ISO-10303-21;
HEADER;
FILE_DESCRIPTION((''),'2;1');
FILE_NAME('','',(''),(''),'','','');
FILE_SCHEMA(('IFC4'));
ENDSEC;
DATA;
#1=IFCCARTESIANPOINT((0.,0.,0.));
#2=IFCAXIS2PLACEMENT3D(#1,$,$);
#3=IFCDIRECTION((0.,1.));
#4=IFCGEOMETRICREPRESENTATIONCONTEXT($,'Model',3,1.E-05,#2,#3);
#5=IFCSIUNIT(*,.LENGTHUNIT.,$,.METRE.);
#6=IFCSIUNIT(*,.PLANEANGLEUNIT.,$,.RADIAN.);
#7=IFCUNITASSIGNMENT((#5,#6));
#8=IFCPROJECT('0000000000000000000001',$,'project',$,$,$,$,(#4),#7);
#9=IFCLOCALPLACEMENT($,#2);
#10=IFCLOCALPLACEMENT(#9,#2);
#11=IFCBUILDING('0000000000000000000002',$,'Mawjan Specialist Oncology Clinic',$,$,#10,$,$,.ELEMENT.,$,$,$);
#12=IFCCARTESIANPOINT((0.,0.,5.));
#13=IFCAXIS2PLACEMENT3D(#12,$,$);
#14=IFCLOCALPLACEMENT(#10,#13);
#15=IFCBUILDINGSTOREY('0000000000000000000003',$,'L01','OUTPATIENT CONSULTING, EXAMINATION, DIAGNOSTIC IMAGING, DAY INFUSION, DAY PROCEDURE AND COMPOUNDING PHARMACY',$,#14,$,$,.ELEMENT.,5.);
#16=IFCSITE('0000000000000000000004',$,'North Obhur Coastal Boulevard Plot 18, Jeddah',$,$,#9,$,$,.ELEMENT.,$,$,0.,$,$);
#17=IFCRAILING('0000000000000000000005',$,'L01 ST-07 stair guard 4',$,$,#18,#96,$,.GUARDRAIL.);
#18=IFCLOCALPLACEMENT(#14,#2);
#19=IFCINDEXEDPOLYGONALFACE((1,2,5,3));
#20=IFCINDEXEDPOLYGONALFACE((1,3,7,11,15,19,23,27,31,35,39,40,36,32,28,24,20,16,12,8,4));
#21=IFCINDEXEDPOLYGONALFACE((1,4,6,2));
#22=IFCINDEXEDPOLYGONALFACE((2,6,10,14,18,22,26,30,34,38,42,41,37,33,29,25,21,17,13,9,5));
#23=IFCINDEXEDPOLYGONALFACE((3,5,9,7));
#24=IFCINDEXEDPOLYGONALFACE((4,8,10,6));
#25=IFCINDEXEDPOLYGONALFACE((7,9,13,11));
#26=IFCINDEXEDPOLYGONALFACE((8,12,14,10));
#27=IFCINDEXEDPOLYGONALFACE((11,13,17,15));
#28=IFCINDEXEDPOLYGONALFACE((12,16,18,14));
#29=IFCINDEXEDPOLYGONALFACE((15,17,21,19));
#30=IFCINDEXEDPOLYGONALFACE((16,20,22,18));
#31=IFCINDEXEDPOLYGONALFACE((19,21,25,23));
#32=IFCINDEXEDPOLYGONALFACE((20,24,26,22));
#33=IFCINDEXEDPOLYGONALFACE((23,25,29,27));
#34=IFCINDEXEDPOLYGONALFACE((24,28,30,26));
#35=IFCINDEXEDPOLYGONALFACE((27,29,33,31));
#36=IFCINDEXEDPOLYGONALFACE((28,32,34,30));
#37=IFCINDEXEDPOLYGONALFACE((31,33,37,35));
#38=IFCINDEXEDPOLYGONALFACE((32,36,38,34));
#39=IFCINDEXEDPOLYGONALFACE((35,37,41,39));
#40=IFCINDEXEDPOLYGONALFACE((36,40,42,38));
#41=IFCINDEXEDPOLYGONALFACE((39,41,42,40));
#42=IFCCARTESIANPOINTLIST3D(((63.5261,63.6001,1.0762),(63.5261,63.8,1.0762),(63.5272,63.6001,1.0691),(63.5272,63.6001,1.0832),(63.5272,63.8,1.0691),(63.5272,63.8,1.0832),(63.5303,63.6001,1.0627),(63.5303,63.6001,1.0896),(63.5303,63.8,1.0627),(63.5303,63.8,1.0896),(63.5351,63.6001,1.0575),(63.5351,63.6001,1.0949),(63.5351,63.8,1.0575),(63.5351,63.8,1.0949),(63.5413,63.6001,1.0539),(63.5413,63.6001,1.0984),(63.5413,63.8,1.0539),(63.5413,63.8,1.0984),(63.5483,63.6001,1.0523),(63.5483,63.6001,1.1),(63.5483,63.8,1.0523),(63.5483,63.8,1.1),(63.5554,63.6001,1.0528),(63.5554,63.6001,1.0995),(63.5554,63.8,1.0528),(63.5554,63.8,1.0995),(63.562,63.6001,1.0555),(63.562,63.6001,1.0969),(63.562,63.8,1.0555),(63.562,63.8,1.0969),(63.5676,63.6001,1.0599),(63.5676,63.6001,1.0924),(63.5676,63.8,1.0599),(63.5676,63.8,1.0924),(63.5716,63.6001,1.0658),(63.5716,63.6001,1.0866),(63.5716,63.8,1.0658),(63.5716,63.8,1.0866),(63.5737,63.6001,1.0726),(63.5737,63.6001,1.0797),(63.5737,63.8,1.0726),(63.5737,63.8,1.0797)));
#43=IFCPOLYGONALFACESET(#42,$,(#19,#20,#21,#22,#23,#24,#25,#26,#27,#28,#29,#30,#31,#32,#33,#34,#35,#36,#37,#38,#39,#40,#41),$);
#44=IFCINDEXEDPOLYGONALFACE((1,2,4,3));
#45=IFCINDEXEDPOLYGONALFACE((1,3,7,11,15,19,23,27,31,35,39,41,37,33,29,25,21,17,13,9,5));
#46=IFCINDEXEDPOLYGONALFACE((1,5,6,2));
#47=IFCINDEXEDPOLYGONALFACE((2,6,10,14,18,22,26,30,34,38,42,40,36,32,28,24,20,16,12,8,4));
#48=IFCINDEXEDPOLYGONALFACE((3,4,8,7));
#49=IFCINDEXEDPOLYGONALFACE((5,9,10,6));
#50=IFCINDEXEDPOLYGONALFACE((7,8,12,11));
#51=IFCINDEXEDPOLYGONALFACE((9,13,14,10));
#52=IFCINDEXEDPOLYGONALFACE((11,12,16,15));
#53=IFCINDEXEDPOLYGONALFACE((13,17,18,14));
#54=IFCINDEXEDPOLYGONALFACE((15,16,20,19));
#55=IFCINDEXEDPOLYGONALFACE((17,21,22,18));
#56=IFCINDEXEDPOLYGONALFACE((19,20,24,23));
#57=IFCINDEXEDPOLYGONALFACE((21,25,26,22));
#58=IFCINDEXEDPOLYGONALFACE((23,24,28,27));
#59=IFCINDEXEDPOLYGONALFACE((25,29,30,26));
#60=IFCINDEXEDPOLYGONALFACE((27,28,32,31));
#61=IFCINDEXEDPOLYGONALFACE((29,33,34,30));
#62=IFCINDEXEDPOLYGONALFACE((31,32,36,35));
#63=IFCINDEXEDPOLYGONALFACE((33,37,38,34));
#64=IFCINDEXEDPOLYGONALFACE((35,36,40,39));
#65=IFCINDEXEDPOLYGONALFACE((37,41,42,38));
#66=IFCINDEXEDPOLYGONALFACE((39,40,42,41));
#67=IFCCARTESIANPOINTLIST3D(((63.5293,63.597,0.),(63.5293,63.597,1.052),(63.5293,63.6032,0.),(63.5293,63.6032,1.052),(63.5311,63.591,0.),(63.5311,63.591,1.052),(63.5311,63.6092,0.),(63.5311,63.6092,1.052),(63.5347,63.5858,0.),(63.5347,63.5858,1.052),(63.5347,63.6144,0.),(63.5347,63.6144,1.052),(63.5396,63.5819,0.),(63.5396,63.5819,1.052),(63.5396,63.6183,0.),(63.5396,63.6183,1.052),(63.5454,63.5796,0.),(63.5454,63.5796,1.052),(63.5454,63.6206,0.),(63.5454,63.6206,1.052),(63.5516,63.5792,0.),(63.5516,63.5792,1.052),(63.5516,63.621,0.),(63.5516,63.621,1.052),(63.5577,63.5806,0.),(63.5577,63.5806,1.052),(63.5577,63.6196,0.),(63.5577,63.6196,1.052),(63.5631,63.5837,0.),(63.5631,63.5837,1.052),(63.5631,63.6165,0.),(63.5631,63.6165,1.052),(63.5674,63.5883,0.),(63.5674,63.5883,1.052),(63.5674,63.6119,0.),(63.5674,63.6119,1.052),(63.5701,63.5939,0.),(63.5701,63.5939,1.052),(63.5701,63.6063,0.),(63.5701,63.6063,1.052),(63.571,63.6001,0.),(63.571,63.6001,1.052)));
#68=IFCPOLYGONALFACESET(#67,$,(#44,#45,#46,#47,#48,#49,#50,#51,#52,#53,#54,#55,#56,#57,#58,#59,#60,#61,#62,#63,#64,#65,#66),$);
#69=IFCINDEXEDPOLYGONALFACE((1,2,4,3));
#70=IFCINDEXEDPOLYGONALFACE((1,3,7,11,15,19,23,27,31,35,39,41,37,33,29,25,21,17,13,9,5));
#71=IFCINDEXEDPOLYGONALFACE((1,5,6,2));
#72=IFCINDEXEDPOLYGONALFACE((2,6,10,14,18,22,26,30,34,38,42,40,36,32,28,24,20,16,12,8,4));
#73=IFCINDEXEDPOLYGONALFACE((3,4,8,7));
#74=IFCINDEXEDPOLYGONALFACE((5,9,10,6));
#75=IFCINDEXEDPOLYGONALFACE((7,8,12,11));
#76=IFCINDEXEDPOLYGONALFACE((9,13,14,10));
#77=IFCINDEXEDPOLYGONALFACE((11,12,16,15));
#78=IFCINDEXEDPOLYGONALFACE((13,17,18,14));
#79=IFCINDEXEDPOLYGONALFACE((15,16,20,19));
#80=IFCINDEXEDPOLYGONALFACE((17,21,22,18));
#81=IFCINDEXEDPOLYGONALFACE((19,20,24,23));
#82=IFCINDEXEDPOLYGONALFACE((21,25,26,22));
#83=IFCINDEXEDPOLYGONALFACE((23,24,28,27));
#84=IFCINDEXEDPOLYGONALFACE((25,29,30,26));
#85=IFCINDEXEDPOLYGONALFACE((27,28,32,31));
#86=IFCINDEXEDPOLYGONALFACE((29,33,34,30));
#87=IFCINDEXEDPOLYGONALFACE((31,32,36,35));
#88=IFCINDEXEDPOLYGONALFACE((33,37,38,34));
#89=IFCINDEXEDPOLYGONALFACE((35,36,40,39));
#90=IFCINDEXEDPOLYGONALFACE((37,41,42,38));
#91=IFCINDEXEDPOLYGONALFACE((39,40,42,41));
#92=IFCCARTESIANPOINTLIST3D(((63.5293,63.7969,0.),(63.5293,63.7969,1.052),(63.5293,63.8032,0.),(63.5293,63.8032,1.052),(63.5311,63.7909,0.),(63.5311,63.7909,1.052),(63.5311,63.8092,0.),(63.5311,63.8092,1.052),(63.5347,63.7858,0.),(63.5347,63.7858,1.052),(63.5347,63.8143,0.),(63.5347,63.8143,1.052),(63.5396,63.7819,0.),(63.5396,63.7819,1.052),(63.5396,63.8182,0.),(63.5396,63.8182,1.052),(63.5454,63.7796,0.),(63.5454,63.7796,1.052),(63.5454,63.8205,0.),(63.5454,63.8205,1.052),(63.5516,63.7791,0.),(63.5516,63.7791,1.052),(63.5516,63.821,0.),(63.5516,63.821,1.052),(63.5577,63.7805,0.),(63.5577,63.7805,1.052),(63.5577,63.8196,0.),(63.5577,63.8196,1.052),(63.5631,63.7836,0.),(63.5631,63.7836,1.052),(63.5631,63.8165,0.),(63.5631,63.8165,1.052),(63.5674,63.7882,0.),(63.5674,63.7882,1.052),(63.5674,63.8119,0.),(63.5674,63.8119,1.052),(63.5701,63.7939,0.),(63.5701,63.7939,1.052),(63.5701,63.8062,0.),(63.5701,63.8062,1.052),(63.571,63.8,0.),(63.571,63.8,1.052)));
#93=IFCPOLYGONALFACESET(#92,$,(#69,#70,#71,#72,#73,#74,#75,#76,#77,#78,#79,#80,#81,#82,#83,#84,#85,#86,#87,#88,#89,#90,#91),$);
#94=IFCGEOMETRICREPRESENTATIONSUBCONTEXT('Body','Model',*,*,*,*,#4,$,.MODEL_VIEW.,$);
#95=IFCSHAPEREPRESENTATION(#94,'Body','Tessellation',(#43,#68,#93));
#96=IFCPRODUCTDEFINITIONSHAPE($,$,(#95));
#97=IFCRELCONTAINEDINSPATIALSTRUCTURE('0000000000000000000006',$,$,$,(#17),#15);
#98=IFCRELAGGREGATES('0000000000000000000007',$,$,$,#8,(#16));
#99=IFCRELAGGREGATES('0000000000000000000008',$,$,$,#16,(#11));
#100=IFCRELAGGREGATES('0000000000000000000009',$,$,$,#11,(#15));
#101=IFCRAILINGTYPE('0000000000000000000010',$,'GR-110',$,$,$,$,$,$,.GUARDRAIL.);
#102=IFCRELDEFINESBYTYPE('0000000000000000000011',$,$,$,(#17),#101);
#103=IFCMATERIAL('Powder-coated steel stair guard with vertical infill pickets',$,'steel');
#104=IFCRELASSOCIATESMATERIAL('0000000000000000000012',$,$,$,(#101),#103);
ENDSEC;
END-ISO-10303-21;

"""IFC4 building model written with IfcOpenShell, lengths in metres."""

from ifc_helpers import new_model, si_unit, direction, frame, origin, origin_2d, place, context, subcontext, project, spatial, circle, extrude, material, type_object, element, save


model = new_model("IFC4")

# Units and contexts
model_context = context("Model", 3, precision=1e-05, world=origin(), true_north=direction((0.0, 1.0)))
body_context = subcontext(model_context, "Body", "Model", "MODEL_VIEW")
ifc_project = project(units=[si_unit("LENGTHUNIT", "METRE"), si_unit("PLANEANGLEUNIT", "RADIAN")], contexts=[model_context])

# Site, building, storey
site_placement = place(None, origin())
site = spatial("IfcSite", under=ifc_project, at=site_placement, Name="North Obhur Coastal Boulevard Plot 18, Jeddah", CompositionType="ELEMENT", RefElevation=0.0)
building_placement = place(site_placement, origin())
building = spatial("IfcBuilding", under=site, at=building_placement, Name="Mawjan Specialist Oncology Clinic", CompositionType="ELEMENT")
storey_placement = place(building_placement, frame((0.0, 0.0, 5.0)))
storey = spatial("IfcBuildingStorey", under=building, at=storey_placement, Name="L01", Description="OUTPATIENT CONSULTING, EXAMINATION, DIAGNOSTIC IMAGING, DAY INFUSION, DAY PROCEDURE AND COMPOUNDING PHARMACY", CompositionType="ELEMENT", Elevation=5.0)

# Railing
ifc_material_1 = material(Name="Powder-coated steel stair guard with vertical infill pickets", Category="steel")
railing_type_1 = type_object("IfcRailingType", Name="GR-110", PredefinedType="GUARDRAIL", material=ifc_material_1)
railing_1_placement = place(storey_placement, frame((63.55, 63.6001, 0.0)))
element("IfcRailing", 1, at=railing_1_placement, inside=storey, type_object=railing_type_1, Name="L01 ST-07 stair guard 4", PredefinedType="GUARDRAIL", context=body_context, shape_type="SweptSolid", body=[
    extrude(circle(Radius=0.0239, at=origin_2d()), frame((0.0, 0.0, 1.0762), z_axis=(0.0, 1.0, 0.0), x_axis=(-1.0, 0.0, 0.0)), (0.0, 0.0, 1.0), 0.2),
    extrude(circle(Radius=0.021, at=origin_2d()), origin(), (0.0, 0.0, 1.0), 1.052),
    extrude(circle(Radius=0.021, at=origin_2d()), frame((0.0, 0.2, 0.0)), (0.0, 0.0, 1.0), 1.052),
])

save(model, "model.ifc")
